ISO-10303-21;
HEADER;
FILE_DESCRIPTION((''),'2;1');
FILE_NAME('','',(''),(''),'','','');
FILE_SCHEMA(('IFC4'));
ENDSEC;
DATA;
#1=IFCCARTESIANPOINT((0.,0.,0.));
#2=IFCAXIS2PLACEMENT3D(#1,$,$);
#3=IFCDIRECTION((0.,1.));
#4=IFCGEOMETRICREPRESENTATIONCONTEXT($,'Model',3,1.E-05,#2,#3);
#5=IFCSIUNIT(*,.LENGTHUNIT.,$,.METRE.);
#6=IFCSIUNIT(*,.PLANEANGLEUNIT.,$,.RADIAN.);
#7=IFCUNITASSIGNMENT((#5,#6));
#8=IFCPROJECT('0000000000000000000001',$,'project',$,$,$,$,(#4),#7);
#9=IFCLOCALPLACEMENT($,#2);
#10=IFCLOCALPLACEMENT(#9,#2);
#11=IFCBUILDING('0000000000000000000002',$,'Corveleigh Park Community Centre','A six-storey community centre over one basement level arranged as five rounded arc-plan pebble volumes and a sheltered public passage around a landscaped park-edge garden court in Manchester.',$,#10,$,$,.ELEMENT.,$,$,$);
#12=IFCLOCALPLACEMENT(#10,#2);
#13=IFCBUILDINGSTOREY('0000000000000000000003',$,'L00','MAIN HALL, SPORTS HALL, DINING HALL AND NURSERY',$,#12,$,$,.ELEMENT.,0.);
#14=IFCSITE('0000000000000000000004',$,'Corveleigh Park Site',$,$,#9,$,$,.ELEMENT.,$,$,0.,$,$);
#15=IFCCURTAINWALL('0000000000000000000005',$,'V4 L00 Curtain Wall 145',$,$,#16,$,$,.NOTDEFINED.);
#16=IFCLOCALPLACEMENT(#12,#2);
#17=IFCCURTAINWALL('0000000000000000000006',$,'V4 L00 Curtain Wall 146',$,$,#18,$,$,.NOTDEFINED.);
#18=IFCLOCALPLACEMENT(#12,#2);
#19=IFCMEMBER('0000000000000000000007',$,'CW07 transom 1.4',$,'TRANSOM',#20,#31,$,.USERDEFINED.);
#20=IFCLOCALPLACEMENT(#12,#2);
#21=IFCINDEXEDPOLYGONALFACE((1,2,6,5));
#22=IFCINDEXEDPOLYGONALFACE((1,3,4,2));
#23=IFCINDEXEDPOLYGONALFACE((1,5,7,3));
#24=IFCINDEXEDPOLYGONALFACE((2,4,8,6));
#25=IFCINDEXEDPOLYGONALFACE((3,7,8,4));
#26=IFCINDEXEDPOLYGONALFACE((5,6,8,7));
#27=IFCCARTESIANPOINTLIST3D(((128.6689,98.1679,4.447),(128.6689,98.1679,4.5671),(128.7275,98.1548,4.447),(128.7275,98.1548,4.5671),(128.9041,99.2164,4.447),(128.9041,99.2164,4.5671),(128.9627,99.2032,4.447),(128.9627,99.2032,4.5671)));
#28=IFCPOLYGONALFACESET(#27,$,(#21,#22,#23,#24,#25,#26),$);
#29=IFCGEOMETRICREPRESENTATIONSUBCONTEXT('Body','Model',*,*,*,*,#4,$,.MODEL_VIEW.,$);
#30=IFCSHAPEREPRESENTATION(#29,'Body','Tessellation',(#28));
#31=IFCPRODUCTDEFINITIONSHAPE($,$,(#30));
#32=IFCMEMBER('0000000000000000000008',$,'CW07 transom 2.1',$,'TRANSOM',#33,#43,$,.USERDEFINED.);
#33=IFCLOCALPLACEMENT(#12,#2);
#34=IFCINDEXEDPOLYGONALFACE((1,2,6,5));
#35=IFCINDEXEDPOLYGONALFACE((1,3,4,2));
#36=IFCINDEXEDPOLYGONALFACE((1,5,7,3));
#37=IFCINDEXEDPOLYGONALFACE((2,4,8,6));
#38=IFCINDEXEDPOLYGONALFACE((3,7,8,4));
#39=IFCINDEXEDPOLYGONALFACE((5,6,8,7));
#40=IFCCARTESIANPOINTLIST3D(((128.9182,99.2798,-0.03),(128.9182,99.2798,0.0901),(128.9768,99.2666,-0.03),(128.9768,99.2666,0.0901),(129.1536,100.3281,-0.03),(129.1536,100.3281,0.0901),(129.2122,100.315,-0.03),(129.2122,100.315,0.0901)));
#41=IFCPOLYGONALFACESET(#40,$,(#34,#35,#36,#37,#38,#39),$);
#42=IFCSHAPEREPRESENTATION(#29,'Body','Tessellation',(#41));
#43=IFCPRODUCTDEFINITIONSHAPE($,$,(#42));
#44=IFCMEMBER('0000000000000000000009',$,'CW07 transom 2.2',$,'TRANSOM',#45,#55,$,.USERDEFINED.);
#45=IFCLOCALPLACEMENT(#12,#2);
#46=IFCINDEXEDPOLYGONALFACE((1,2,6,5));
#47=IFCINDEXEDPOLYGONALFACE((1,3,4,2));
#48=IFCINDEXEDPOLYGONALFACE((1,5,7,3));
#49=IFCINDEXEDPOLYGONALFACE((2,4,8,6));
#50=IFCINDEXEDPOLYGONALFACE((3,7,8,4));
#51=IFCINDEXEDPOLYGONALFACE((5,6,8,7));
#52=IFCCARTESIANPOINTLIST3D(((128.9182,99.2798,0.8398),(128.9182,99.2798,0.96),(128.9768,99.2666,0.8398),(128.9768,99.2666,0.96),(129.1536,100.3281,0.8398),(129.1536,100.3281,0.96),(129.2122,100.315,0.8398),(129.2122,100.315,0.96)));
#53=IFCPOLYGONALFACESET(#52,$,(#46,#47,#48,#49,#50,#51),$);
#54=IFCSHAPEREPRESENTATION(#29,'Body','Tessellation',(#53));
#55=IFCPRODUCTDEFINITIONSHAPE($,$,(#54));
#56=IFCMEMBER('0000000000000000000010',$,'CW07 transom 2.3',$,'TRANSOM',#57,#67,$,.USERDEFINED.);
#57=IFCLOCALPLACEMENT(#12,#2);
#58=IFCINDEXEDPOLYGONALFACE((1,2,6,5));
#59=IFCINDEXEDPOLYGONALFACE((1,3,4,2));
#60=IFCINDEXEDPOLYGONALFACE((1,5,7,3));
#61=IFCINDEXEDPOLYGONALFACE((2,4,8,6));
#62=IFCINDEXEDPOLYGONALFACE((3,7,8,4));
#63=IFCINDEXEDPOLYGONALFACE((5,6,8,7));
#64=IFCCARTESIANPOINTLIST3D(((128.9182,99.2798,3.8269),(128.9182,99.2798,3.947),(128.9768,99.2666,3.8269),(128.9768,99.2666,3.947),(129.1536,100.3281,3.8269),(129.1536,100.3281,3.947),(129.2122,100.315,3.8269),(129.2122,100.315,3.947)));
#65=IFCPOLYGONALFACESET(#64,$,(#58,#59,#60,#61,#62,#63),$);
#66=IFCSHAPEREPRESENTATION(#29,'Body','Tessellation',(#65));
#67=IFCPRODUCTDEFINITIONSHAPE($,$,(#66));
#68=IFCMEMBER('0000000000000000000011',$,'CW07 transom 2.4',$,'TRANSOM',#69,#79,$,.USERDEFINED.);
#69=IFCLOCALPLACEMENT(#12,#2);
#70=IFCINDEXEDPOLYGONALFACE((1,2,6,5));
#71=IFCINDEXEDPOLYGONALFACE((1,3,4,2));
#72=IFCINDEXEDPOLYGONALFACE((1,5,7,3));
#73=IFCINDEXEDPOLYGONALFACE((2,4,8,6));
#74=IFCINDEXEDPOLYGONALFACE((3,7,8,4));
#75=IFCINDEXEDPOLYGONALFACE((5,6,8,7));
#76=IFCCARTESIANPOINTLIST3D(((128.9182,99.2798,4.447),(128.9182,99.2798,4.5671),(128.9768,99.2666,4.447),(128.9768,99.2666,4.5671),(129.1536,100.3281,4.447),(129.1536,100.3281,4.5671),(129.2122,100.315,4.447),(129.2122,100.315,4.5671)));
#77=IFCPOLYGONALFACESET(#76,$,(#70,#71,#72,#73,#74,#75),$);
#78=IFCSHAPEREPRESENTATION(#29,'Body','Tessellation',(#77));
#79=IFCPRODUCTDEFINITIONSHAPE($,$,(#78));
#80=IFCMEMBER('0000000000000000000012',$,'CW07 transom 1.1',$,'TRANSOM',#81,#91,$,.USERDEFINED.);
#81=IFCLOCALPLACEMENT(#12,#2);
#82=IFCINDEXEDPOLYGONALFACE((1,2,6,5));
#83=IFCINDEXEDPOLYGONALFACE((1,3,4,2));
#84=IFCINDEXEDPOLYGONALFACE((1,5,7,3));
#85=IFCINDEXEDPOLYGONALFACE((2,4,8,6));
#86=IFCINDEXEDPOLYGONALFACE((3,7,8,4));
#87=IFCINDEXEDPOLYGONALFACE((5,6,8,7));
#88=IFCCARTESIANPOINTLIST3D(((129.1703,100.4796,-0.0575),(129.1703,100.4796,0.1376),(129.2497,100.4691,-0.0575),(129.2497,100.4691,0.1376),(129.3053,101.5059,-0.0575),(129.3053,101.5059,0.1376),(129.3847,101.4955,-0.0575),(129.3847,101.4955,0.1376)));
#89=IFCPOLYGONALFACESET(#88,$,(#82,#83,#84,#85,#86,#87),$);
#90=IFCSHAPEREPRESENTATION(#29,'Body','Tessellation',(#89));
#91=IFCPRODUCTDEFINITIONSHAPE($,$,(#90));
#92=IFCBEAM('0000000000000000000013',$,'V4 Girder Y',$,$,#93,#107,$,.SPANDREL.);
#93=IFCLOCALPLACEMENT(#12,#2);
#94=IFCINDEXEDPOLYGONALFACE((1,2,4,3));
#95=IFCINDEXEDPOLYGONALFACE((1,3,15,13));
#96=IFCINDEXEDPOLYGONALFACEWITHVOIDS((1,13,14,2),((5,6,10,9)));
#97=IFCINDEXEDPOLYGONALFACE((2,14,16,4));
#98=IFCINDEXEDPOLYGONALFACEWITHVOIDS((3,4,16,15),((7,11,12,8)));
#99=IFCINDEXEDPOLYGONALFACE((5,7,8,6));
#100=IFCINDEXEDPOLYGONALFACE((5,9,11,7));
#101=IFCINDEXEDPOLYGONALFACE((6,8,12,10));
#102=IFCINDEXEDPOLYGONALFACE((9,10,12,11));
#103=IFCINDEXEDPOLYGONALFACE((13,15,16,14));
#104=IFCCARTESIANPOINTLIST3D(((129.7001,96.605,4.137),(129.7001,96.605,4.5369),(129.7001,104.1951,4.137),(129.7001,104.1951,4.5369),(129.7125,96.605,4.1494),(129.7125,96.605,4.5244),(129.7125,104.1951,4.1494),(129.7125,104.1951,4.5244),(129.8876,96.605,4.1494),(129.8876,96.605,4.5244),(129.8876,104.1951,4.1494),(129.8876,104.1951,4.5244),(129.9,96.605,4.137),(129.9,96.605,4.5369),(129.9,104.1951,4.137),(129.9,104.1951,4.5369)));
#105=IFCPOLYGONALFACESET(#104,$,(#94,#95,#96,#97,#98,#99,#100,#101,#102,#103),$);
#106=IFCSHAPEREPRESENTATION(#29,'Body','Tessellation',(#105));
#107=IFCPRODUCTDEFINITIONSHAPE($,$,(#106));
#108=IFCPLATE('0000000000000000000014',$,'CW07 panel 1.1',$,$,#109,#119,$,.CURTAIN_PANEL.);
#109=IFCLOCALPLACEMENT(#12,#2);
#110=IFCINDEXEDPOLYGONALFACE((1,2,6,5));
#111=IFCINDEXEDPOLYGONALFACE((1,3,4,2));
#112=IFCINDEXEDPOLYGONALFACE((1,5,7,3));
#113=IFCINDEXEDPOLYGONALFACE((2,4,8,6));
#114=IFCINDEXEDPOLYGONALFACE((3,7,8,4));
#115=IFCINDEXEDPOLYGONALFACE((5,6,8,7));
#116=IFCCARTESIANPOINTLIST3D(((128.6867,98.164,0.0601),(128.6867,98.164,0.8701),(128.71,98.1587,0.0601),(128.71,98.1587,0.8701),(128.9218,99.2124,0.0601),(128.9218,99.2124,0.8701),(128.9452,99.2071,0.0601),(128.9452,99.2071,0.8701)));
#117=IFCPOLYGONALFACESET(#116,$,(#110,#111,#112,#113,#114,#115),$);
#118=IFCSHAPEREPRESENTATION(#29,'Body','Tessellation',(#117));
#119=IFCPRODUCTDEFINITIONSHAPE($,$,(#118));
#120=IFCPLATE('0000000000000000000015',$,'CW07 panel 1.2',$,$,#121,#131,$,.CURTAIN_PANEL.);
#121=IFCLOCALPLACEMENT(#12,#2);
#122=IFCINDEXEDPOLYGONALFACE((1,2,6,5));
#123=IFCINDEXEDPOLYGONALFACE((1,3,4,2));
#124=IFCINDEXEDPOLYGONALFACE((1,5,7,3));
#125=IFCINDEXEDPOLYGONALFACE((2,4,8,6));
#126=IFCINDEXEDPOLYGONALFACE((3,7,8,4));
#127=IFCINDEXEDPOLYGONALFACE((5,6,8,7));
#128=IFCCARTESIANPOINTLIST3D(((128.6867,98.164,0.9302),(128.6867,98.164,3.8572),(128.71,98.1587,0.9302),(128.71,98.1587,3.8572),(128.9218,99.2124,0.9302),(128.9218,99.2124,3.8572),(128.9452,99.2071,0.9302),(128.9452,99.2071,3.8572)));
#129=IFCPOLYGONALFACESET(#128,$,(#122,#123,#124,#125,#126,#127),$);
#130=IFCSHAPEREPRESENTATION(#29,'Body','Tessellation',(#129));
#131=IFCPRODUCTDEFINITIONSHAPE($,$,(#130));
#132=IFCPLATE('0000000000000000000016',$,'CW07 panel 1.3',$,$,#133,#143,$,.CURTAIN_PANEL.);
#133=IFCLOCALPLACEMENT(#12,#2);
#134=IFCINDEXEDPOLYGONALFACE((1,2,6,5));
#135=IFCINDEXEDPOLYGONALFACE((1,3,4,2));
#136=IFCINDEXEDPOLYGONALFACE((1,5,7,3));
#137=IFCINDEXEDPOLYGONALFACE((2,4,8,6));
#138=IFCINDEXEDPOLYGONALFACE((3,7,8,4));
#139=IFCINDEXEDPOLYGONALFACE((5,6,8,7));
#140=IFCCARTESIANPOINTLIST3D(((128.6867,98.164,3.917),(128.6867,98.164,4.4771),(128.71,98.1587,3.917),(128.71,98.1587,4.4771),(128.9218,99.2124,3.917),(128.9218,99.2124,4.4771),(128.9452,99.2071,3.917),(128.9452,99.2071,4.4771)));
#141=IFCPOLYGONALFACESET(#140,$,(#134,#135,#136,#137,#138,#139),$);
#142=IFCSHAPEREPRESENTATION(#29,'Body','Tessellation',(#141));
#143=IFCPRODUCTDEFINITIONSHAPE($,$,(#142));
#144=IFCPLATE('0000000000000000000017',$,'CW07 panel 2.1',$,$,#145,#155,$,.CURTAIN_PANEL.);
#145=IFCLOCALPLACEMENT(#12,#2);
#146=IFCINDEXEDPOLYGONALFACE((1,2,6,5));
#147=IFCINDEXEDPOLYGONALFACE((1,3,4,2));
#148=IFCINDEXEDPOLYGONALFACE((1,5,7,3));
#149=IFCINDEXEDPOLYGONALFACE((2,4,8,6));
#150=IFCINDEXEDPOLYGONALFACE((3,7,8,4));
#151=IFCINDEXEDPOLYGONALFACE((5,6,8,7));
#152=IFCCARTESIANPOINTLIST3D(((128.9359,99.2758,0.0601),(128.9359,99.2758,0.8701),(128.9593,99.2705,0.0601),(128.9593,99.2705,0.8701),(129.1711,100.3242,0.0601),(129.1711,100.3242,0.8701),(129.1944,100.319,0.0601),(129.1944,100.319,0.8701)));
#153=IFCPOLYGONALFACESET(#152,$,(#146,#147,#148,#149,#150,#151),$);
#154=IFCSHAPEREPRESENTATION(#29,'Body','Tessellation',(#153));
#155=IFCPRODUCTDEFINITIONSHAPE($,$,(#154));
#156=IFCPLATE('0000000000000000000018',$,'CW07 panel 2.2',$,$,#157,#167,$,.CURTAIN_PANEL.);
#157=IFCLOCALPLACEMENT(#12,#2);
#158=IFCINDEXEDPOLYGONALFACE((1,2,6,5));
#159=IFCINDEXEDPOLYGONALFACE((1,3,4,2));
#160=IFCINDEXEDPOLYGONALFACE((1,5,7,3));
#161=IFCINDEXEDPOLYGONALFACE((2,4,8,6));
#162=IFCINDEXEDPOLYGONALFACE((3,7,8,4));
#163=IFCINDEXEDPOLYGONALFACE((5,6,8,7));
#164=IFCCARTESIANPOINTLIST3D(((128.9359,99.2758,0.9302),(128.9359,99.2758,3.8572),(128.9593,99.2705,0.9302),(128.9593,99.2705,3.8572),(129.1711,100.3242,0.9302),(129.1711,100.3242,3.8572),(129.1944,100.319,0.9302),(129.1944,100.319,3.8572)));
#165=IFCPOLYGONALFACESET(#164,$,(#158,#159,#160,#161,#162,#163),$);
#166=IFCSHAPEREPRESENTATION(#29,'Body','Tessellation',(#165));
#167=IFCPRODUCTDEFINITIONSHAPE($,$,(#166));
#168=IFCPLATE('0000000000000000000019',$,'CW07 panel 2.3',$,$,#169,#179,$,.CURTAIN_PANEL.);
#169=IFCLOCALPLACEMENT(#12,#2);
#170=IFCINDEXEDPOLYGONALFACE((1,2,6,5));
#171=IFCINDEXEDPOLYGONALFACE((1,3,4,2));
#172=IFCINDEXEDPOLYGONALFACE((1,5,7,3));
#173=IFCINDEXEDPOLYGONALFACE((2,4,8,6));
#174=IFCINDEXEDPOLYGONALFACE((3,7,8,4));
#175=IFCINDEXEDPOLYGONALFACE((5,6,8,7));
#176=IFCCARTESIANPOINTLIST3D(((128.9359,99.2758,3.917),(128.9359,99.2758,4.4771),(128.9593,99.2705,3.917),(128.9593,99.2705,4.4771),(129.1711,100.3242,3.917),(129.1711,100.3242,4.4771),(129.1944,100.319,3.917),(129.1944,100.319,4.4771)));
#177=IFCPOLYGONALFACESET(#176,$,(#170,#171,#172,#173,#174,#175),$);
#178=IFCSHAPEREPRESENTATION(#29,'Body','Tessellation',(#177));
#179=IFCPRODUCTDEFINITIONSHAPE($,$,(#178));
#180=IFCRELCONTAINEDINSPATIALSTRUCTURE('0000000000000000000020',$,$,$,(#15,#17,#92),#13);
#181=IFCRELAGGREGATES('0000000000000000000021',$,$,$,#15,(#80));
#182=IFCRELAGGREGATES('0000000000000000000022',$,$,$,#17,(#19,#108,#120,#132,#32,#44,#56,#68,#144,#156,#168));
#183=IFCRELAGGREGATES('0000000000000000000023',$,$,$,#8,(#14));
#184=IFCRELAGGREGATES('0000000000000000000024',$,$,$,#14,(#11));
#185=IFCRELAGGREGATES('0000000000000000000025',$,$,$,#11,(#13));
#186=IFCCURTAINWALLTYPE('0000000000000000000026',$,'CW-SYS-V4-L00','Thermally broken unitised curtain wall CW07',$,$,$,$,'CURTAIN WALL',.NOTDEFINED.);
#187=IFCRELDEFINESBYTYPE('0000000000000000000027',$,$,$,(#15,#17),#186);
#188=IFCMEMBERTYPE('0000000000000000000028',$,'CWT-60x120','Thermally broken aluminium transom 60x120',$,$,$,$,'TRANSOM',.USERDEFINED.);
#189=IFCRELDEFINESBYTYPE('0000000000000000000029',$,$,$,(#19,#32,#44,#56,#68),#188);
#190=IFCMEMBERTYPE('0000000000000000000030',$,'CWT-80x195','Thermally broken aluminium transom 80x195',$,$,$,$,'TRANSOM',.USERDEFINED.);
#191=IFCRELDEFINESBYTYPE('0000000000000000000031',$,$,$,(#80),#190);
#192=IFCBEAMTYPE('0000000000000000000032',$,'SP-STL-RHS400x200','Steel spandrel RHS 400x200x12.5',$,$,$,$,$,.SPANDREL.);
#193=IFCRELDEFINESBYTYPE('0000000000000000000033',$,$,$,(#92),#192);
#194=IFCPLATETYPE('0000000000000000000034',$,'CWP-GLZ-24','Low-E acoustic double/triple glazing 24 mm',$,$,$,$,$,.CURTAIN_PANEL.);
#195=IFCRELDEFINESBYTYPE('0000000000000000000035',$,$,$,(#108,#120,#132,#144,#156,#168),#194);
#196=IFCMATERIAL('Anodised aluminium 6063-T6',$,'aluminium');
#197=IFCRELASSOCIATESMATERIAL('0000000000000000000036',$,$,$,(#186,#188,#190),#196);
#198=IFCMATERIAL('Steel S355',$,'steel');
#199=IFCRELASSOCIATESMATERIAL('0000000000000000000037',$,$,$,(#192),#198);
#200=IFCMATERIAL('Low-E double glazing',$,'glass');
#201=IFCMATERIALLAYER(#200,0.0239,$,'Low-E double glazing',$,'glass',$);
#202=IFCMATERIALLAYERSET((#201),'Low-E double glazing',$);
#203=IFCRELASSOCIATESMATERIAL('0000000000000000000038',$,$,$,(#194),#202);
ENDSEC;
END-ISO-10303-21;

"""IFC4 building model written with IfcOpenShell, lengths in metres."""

from ifc_helpers import new_model, si_unit, direction, frame, origin, origin_2d, place, context, subcontext, project, spatial, rectangle, hollow_rectangle, extrude, material, layer, layer_set, material_profile, profile_set, type_object, element, aggregate, save


model = new_model("IFC4")

# Units and contexts
model_context = context("Model", 3, precision=1e-05, world=origin(), true_north=direction((0.0, 1.0)))
body_context = subcontext(model_context, "Body", "Model", "MODEL_VIEW")
ifc_project = project(units=[si_unit("LENGTHUNIT", "METRE"), si_unit("PLANEANGLEUNIT", "RADIAN")], contexts=[model_context])

# Site, building, storey
site_placement = place(None, origin())
site = spatial("IfcSite", under=ifc_project, at=site_placement, Name="Corveleigh Park Site", CompositionType="ELEMENT", RefElevation=0.0)
building_placement = place(site_placement, origin())
building = spatial("IfcBuilding", under=site, at=building_placement, Name="Corveleigh Park Community Centre", Description="A six-storey community centre over one basement level arranged as five rounded arc-plan pebble volumes and a sheltered public passage around a landscaped park-edge garden court in Manchester.", CompositionType="ELEMENT")
storey_placement = place(building_placement, origin())
storey = spatial("IfcBuildingStorey", under=building, at=storey_placement, Name="L00", Description="MAIN HALL, SPORTS HALL, DINING HALL AND NURSERY", CompositionType="ELEMENT", Elevation=0.0)

# Shared definitions
ifc_material_1 = material(Name="Steel S355", Category="steel")

# Curtain wall
ifc_material_2 = material(Name="Anodised aluminium 6063-T6", Category="aluminium")
curtain_wall_type = type_object("IfcCurtainWallType", Name="CW-SYS-V4-L00", Description="Thermally broken unitised curtain wall CW07", ElementType="CURTAIN WALL", PredefinedType="NOTDEFINED", material=ifc_material_2)
curtain_wall_1_placement = place(storey_placement, origin())
curtain_wall_1 = element("IfcCurtainWall", 1, at=curtain_wall_1_placement, inside=storey, type_object=curtain_wall_type, Name="V4 L00 Curtain Wall 145", PredefinedType="NOTDEFINED")

# Curtain wall, members
curtain_wall_2_placement = place(storey_placement, origin())
curtain_wall_2 = element("IfcCurtainWall", 2, at=curtain_wall_2_placement, inside=storey, type_object=curtain_wall_type, Name="V4 L00 Curtain Wall 146", PredefinedType="NOTDEFINED")
ifc_material_profile_1 = material_profile(ifc_material_2, rectangle(XDim=0.0601, YDim=0.1201, at=origin_2d()), Name="ALU-T60x120", Category="aluminium")
ifc_profile_set_1 = profile_set([ifc_material_profile_1], Name="Anodised aluminium 6063-T6")
member_type_1 = type_object("IfcMemberType", Name="CWT-60x120", Description="Thermally broken aluminium transom 60x120", ElementType="TRANSOM", PredefinedType="USERDEFINED", material=ifc_profile_set_1)
member_1_placement = place(storey_placement, frame((128.6982, 98.1614, 4.5071), z_axis=(0.218831, 0.975763, 0.0), x_axis=(-0.975763, 0.218831, 0.0)))
member_1 = element("IfcMember", 3, at=member_1_placement, type_object=member_type_1, Name="CW07 transom 1.4", ObjectType="TRANSOM", PredefinedType="USERDEFINED", context=body_context, shape_type="SweptSolid", body=[
    extrude(rectangle(XDim=0.0601, YDim=0.1201, at=origin_2d()), origin(), (0.0, 0.0, 1.0), 1.0745),
])
member_2_placement = place(storey_placement, frame((128.9475, 99.2732, 0.03), z_axis=(0.219047, 0.975714, 0.0), x_axis=(-0.975714, 0.219047, 0.0)))
member_2 = element("IfcMember", 4, at=member_2_placement, type_object=member_type_1, Name="CW07 transom 2.1", ObjectType="TRANSOM", PredefinedType="USERDEFINED", context=body_context, shape_type="SweptSolid", body=[
    extrude(rectangle(XDim=0.0601, YDim=0.1201, at=origin_2d()), origin(), (0.0, 0.0, 1.0), 1.0745),
])
member_3_placement = place(storey_placement, frame((128.9475, 99.2732, 0.8999), z_axis=(0.219047, 0.975714, 0.0), x_axis=(-0.975714, 0.219047, 0.0)))
member_3 = element("IfcMember", 5, at=member_3_placement, type_object=member_type_1, Name="CW07 transom 2.2", ObjectType="TRANSOM", PredefinedType="USERDEFINED", context=body_context, shape_type="SweptSolid", body=[
    extrude(rectangle(XDim=0.0601, YDim=0.1201, at=origin_2d()), origin(), (0.0, 0.0, 1.0), 1.0745),
])
member_4_placement = place(storey_placement, frame((128.9475, 99.2732, 3.887), z_axis=(0.219047, 0.975714, 0.0), x_axis=(-0.975714, 0.219047, 0.0)))
member_4 = element("IfcMember", 6, at=member_4_placement, type_object=member_type_1, Name="CW07 transom 2.3", ObjectType="TRANSOM", PredefinedType="USERDEFINED", context=body_context, shape_type="SweptSolid", body=[
    extrude(rectangle(XDim=0.0601, YDim=0.1201, at=origin_2d()), origin(), (0.0, 0.0, 1.0), 1.0745),
])
member_5_placement = place(storey_placement, frame((128.9475, 99.2732, 4.5071), z_axis=(0.219047, 0.975714, 0.0), x_axis=(-0.975714, 0.219047, 0.0)))
member_5 = element("IfcMember", 7, at=member_5_placement, type_object=member_type_1, Name="CW07 transom 2.4", ObjectType="TRANSOM", PredefinedType="USERDEFINED", context=body_context, shape_type="SweptSolid", body=[
    extrude(rectangle(XDim=0.0601, YDim=0.1201, at=origin_2d()), origin(), (0.0, 0.0, 1.0), 1.0745),
])

# Member
ifc_material_profile_2 = material_profile(ifc_material_2, rectangle(XDim=0.0801, YDim=0.1951, at=origin_2d()), Name="ALU-T80x195", Category="aluminium")
ifc_profile_set_2 = profile_set([ifc_material_profile_2], Name="Anodised aluminium 6063-T6")
member_type_2 = type_object("IfcMemberType", Name="CWT-80x195", Description="Thermally broken aluminium transom 80x195", ElementType="TRANSOM", PredefinedType="USERDEFINED", material=ifc_profile_set_2)
member_6_placement = place(storey_placement, frame((129.21, 100.4744, 0.04), z_axis=(0.130418, 0.991459, 0.0), x_axis=(-0.991459, 0.130418, 0.0)))
member_6 = element("IfcMember", 8, at=member_6_placement, type_object=member_type_2, Name="CW07 transom 1.1", ObjectType="TRANSOM", PredefinedType="USERDEFINED", context=body_context, shape_type="SweptSolid", body=[
    extrude(rectangle(XDim=0.0801, YDim=0.1951, at=origin_2d()), origin(), (0.0, 0.0, 1.0), 1.0352),
])
aggregate(curtain_wall_1, [member_6])

# Beam
ifc_material_profile_3 = material_profile(ifc_material_1, hollow_rectangle(XDim=0.2, YDim=0.3999, WallThickness=0.0125, at=origin_2d()), Name="RHS 400x200x12.5", Category="steel")
ifc_profile_set_3 = profile_set([ifc_material_profile_3], Name="Steel S355")
beam_type_1 = type_object("IfcBeamType", Name="SP-STL-RHS400x200", Description="Steel spandrel RHS 400x200x12.5", PredefinedType="SPANDREL", material=ifc_profile_set_3)
beam_1_placement = place(storey_placement, frame((129.8, 96.605, 4.3369), z_axis=(0.0, 1.0, 0.0), x_axis=(-1.0, 0.0, 0.0)))
element("IfcBeam", 9, at=beam_1_placement, inside=storey, type_object=beam_type_1, Name="V4 Girder Y", PredefinedType="SPANDREL", context=body_context, shape_type="SweptSolid", body=[
    extrude(hollow_rectangle(XDim=0.2, YDim=0.3999, WallThickness=0.0125, at=origin_2d()), origin(), (0.0, 0.0, 1.0), 7.5901),
])

# Plates
ifc_material_3 = material(Name="Low-E double glazing", Category="glass")
ifc_layer = layer(ifc_material_3, 0.0239, Name="Low-E double glazing", Category="glass")
ifc_layer_set = layer_set([ifc_layer], Name="Low-E double glazing")
plate_type = type_object("IfcPlateType", Name="CWP-GLZ-24", Description="Low-E acoustic double/triple glazing 24 mm", PredefinedType="CURTAIN_PANEL", material=ifc_layer_set)
plate_1_placement = place(storey_placement, frame((128.8159, 98.6855, 0.0601), z_axis=(0.0, 0.0, 1.0), x_axis=(0.218873, 0.975753, 0.0)))
plate_1 = element("IfcPlate", 10, at=plate_1_placement, type_object=plate_type, Name="CW07 panel 1.1", PredefinedType="CURTAIN_PANEL", context=body_context, shape_type="SweptSolid", body=[
    extrude(rectangle(XDim=1.0745, YDim=0.0239, at=origin_2d()), origin(), (0.0, 0.0, 1.0), 0.8101),
])
plate_2_placement = place(storey_placement, frame((128.8159, 98.6855, 0.9302), z_axis=(0.0, 0.0, 1.0), x_axis=(0.218873, 0.975753, 0.0)))
plate_2 = element("IfcPlate", 11, at=plate_2_placement, type_object=plate_type, Name="CW07 panel 1.2", PredefinedType="CURTAIN_PANEL", context=body_context, shape_type="SweptSolid", body=[
    extrude(rectangle(XDim=1.0745, YDim=0.0239, at=origin_2d()), origin(), (0.0, 0.0, 1.0), 2.927),
])
plate_3_placement = place(storey_placement, frame((128.8159, 98.6855, 3.917), z_axis=(0.0, 0.0, 1.0), x_axis=(0.218873, 0.975753, 0.0)))
plate_3 = element("IfcPlate", 12, at=plate_3_placement, type_object=plate_type, Name="CW07 panel 1.3", PredefinedType="CURTAIN_PANEL", context=body_context, shape_type="SweptSolid", body=[
    extrude(rectangle(XDim=1.0745, YDim=0.0239, at=origin_2d()), origin(), (0.0, 0.0, 1.0), 0.5601),
])
plate_4_placement = place(storey_placement, frame((129.0652, 99.7974, 0.0601), z_axis=(0.0, 0.0, 1.0), x_axis=(0.218873, 0.975753, 0.0)))
plate_4 = element("IfcPlate", 13, at=plate_4_placement, type_object=plate_type, Name="CW07 panel 2.1", PredefinedType="CURTAIN_PANEL", context=body_context, shape_type="SweptSolid", body=[
    extrude(rectangle(XDim=1.0745, YDim=0.0239, at=origin_2d()), origin(), (0.0, 0.0, 1.0), 0.8101),
])
plate_5_placement = place(storey_placement, frame((129.0652, 99.7974, 0.9302), z_axis=(0.0, 0.0, 1.0), x_axis=(0.218873, 0.975753, 0.0)))
plate_5 = element("IfcPlate", 14, at=plate_5_placement, type_object=plate_type, Name="CW07 panel 2.2", PredefinedType="CURTAIN_PANEL", context=body_context, shape_type="SweptSolid", body=[
    extrude(rectangle(XDim=1.0745, YDim=0.0239, at=origin_2d()), origin(), (0.0, 0.0, 1.0), 2.927),
])
plate_6_placement = place(storey_placement, frame((129.0652, 99.7974, 3.917), z_axis=(0.0, 0.0, 1.0), x_axis=(0.218873, 0.975753, 0.0)))
plate_6 = element("IfcPlate", 15, at=plate_6_placement, type_object=plate_type, Name="CW07 panel 2.3", PredefinedType="CURTAIN_PANEL", context=body_context, shape_type="SweptSolid", body=[
    extrude(rectangle(XDim=1.0745, YDim=0.0239, at=origin_2d()), origin(), (0.0, 0.0, 1.0), 0.5601),
])
aggregate(curtain_wall_2, [member_1, plate_1, plate_2, plate_3, member_2, member_3, member_4, member_5, plate_4, plate_5, plate_6])

save(model, "model.ifc")
